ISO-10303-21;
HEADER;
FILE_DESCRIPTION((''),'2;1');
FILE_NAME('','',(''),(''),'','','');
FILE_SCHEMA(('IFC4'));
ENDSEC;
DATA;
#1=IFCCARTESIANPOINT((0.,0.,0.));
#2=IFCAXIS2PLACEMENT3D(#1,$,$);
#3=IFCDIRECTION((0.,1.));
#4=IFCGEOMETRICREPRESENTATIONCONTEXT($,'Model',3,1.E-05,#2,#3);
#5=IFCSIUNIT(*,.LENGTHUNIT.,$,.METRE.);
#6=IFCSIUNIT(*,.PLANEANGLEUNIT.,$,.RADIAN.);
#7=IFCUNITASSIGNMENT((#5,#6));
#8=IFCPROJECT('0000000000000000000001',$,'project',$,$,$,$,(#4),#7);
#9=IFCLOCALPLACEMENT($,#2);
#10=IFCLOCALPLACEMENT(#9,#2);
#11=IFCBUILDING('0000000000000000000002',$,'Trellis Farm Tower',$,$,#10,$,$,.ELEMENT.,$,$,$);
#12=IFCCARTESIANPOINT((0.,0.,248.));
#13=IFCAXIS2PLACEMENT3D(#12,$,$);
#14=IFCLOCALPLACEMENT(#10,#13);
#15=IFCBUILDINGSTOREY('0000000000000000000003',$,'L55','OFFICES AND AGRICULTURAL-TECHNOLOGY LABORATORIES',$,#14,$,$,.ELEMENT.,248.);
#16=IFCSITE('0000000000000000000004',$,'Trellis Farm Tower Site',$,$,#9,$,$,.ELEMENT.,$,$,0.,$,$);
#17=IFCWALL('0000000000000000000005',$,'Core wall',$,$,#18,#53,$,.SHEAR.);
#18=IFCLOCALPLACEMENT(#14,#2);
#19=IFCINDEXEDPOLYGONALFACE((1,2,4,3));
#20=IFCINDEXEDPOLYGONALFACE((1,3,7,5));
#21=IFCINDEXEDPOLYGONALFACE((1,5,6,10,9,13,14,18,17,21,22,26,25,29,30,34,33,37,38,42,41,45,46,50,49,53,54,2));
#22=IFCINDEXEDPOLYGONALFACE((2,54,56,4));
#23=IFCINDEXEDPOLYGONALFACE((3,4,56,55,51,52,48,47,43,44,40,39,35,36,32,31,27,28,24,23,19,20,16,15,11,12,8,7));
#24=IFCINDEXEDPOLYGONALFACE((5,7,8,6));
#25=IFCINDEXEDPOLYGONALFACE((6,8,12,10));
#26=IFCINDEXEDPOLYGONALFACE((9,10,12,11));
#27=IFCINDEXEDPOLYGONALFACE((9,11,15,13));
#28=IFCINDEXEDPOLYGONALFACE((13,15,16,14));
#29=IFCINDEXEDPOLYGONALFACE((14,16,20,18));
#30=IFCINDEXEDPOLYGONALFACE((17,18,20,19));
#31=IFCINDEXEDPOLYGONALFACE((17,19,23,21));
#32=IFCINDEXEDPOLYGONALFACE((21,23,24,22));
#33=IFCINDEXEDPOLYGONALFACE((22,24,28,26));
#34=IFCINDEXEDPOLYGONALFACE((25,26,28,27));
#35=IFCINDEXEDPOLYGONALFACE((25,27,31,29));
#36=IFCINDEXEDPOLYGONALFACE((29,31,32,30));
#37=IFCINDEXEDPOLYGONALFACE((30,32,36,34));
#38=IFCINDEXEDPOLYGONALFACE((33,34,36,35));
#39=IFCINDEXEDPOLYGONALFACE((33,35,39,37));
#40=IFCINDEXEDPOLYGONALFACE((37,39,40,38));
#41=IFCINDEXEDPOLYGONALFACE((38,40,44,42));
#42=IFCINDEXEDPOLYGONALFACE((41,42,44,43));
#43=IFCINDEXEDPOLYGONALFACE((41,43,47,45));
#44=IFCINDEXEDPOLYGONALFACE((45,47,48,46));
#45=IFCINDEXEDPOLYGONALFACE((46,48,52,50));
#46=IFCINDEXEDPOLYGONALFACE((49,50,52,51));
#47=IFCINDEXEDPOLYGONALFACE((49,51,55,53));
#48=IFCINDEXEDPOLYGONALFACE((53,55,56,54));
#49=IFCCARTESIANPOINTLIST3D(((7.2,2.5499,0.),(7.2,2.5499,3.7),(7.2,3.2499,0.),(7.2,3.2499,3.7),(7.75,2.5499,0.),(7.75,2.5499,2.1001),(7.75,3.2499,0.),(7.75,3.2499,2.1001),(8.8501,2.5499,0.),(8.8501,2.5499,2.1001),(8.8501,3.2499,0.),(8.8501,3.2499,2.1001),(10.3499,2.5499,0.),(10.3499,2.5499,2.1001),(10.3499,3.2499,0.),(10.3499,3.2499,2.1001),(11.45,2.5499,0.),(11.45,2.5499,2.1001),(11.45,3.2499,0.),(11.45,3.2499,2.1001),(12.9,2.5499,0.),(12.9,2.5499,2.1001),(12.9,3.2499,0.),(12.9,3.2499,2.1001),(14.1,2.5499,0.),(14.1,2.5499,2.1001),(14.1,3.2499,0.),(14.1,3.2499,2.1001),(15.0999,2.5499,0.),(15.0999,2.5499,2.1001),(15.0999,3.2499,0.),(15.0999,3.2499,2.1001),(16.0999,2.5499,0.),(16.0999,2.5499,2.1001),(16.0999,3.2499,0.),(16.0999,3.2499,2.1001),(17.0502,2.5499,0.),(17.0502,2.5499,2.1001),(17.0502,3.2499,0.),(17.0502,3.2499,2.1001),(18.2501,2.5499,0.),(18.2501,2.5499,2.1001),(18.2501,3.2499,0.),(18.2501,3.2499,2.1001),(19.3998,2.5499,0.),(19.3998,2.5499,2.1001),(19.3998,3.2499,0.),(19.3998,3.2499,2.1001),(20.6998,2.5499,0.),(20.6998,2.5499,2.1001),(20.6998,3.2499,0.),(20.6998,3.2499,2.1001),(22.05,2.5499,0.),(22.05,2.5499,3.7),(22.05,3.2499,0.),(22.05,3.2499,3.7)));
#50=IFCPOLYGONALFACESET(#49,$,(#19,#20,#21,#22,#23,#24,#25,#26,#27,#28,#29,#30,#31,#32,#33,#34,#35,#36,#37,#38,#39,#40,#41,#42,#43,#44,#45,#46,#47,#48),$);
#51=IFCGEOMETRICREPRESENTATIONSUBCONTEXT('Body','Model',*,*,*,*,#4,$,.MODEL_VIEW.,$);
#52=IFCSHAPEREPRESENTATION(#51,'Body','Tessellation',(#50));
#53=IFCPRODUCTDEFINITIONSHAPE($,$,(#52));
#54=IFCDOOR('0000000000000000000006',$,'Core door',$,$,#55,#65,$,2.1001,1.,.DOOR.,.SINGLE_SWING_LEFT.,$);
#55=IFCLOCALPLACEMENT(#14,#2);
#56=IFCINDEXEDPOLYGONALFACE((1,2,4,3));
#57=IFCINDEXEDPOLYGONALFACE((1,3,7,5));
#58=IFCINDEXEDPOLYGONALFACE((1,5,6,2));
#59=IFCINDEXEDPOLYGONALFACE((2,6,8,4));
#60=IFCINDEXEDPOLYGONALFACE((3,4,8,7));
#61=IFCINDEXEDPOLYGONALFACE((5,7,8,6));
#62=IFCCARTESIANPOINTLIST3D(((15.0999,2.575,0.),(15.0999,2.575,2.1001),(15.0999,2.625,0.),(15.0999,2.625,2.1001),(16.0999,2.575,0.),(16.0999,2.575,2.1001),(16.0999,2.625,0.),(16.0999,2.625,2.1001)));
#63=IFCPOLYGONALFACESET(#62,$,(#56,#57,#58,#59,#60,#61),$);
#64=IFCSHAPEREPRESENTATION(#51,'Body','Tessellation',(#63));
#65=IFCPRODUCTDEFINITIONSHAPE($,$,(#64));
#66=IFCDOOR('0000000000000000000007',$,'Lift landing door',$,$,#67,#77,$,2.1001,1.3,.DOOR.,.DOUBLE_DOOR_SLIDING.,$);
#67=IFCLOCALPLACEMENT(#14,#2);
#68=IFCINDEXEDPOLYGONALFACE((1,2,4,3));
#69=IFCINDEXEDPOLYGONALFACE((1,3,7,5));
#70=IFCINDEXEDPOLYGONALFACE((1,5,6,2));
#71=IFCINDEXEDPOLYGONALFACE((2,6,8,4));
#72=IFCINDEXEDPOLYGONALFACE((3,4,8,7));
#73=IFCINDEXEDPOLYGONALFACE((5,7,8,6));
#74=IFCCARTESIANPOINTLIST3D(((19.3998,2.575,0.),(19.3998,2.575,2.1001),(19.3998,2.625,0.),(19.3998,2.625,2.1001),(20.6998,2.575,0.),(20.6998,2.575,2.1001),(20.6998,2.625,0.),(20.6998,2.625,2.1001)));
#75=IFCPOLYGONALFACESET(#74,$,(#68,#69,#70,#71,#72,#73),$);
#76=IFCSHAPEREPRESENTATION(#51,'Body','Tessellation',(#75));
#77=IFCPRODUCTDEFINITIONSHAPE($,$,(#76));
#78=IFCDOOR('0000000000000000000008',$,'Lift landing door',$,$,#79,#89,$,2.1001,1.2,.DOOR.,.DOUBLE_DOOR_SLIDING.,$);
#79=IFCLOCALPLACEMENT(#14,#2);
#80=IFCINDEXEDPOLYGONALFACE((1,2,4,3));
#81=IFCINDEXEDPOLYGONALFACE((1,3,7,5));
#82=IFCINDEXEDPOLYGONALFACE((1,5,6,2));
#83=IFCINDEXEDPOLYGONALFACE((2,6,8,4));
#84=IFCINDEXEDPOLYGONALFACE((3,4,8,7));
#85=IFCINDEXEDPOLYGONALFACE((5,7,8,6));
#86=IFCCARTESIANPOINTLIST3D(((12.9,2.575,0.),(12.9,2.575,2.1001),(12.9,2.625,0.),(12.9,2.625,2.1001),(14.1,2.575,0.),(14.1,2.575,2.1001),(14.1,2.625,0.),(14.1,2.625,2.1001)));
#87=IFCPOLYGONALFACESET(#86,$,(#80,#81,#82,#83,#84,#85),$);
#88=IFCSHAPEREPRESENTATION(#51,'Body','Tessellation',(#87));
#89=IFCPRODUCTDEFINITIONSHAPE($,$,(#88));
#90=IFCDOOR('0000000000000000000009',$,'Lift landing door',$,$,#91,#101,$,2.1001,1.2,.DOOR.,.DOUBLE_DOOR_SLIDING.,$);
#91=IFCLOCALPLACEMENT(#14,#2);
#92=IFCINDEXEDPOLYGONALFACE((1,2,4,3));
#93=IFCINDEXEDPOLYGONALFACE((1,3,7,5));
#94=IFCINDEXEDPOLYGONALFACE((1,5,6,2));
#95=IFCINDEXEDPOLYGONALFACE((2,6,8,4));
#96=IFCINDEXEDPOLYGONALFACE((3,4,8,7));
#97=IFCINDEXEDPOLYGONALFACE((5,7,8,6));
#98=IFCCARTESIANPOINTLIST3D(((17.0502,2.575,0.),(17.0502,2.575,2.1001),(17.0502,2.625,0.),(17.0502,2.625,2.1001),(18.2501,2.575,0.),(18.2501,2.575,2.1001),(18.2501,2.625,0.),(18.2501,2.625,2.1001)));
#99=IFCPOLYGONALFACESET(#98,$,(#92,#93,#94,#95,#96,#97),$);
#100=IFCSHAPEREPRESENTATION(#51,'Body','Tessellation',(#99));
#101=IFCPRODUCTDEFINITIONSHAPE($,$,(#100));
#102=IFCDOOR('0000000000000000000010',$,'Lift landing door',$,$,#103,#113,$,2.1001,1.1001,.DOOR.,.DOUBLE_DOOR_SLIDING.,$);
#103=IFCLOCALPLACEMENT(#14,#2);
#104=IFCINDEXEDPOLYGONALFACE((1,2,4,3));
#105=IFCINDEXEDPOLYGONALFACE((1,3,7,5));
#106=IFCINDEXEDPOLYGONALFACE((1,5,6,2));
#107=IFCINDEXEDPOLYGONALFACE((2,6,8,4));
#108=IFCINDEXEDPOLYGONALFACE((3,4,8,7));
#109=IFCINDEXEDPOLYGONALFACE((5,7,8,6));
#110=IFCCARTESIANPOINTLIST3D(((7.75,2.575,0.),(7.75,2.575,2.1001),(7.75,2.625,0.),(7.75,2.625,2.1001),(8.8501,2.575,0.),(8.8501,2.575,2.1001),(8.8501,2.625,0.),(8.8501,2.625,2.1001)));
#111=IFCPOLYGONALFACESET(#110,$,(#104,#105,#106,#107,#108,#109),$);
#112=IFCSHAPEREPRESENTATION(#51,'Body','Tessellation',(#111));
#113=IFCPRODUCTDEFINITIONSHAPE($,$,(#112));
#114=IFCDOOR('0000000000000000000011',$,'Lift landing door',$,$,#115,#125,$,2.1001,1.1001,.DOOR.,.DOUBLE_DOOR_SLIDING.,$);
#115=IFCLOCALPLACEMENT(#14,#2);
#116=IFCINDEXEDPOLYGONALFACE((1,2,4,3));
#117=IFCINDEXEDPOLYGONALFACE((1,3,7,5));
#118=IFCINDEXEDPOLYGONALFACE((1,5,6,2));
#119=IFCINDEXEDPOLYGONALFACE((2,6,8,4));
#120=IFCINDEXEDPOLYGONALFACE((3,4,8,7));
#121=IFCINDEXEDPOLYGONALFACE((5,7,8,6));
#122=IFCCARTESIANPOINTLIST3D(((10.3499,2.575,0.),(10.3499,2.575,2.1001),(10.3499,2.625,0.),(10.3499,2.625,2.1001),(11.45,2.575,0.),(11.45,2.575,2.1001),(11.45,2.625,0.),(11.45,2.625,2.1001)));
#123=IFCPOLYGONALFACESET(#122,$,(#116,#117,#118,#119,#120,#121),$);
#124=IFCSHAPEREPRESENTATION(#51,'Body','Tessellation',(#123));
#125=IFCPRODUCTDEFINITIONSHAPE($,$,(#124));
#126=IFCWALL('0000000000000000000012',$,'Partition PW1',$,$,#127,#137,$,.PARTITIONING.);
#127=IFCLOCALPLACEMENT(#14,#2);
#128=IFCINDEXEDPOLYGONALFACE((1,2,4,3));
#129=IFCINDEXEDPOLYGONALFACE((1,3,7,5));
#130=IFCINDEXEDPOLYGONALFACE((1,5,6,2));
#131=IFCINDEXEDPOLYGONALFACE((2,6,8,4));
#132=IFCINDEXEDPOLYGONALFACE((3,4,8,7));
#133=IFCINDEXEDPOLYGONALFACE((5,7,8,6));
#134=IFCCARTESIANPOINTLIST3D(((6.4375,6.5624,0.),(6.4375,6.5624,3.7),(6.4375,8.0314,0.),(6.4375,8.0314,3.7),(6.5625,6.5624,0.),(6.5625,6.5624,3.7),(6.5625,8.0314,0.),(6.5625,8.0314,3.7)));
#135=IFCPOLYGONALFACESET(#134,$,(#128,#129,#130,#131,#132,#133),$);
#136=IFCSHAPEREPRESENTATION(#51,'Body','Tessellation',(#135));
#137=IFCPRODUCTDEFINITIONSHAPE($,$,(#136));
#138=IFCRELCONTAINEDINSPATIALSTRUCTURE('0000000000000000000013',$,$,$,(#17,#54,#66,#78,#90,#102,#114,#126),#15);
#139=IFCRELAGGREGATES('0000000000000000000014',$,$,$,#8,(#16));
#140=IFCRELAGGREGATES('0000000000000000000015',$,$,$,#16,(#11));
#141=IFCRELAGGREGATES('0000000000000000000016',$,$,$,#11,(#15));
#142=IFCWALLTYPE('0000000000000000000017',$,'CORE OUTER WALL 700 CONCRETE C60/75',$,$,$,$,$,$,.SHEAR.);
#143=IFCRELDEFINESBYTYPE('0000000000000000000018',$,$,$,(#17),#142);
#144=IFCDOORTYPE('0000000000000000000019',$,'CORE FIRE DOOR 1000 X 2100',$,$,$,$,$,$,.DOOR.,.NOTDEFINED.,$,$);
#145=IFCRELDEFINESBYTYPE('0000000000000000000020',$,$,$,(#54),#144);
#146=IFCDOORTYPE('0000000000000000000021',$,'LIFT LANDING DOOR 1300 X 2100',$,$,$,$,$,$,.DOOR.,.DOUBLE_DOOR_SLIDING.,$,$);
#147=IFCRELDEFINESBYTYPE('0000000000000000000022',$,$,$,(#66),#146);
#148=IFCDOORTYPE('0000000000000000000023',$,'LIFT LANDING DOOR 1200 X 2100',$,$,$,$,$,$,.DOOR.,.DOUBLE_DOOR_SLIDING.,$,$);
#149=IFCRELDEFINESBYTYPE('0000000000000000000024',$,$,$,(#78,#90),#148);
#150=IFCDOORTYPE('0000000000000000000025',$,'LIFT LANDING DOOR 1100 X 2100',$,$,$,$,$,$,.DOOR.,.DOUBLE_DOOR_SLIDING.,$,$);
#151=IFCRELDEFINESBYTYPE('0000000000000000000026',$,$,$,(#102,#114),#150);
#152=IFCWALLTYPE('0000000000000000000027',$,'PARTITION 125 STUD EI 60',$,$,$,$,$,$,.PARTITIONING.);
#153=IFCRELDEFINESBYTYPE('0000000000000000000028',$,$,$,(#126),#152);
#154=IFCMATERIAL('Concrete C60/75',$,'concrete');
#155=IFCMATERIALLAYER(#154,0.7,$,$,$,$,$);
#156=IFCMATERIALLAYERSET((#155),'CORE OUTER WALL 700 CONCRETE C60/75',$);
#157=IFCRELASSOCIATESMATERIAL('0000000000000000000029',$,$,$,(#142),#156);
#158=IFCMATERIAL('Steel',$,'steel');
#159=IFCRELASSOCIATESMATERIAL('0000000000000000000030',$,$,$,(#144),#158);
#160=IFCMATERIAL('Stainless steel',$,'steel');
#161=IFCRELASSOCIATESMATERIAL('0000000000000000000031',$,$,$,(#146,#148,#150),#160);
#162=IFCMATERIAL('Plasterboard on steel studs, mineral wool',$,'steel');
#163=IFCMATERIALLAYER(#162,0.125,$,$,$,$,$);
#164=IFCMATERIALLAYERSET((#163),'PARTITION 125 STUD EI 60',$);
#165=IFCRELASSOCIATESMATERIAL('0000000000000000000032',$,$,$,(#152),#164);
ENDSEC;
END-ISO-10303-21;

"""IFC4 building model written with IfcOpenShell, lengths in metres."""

from ifc_helpers import new_model, si_unit, direction, frame, frame_2d, origin, place, context, subcontext, project, spatial, rectangle, extrude, source, transform, mapped, material, layer, layer_set, type_object, element, fill, save


model = new_model("IFC4")

# Units and contexts
model_context = context("Model", 3, precision=1e-05, world=origin(), true_north=direction((0.0, 1.0)))
body_context = subcontext(model_context, "Body", "Model", "MODEL_VIEW")
ifc_project = project(units=[si_unit("LENGTHUNIT", "METRE"), si_unit("PLANEANGLEUNIT", "RADIAN")], contexts=[model_context])

# Site, building, storey
site_placement = place(None, origin())
site = spatial("IfcSite", under=ifc_project, at=site_placement, Name="Trellis Farm Tower Site", CompositionType="ELEMENT", RefElevation=0.0)
building_placement = place(site_placement, origin())
building = spatial("IfcBuilding", under=site, at=building_placement, Name="Trellis Farm Tower", CompositionType="ELEMENT")
storey_placement = place(building_placement, frame((0.0, 0.0, 248.0)))
storey = spatial("IfcBuildingStorey", under=building, at=storey_placement, Name="L55", Description="OFFICES AND AGRICULTURAL-TECHNOLOGY LABORATORIES", CompositionType="ELEMENT", Elevation=248.0)

# Shared definitions
ifc_material_1 = material(Name="Concrete C60/75", Category="concrete")

# Wall, openings, doors
ifc_layer_1 = layer(ifc_material_1, 0.7)
ifc_layer_set_1 = layer_set([ifc_layer_1], Name="CORE OUTER WALL 700 CONCRETE C60/75")
wall_type_1 = type_object("IfcWallType", Name="CORE OUTER WALL 700 CONCRETE C60/75", PredefinedType="SHEAR", material=ifc_layer_set_1)
shared_shape_1 = source(origin(), body_context, "Body", "SweptSolid", [
    extrude(rectangle(XDim=14.8501, YDim=0.7, at=frame_2d((7.425, 0.0))), origin(), (0.0, 0.0, 1.0), 3.7),
])
wall_1_placement = place(storey_placement, frame((7.2, 2.8999, 0.0), z_axis=(0.0, 0.0, 1.0), x_axis=(1.0, 0.0, 0.0)))
wall_1 = element("IfcWall", 1, at=wall_1_placement, inside=storey, type_object=wall_type_1, Name="Core wall", PredefinedType="SHEAR", context=body_context, shape_type="MappedRepresentation", body=[
    mapped(shared_shape_1, transform((0.0, 0.0, 0.0))),
])
shared_shape_2 = source(origin(), body_context, "Body", "SweptSolid", [
    extrude(rectangle(XDim=1.1001, YDim=2.1001, at=frame_2d((0.55, 1.05))), frame((0.0, 0.3601, 0.0), z_axis=(0.0, -1.0, 0.0), x_axis=(1.0, 0.0, 0.0)), (0.0, 0.0, 1.0), 0.7202),
])
opening_1_placement = place(wall_1_placement, frame((0.55, 0.0, 0.0)))
opening_1 = element("IfcOpeningElement", 2, at=opening_1_placement, cuts=wall_1, PredefinedType="OPENING", context=body_context, shape_type="MappedRepresentation", body=[
    mapped(shared_shape_2, transform((0.0, 0.0, 0.0))),
])
opening_2_placement = place(wall_1_placement, frame((3.1499, 0.0, 0.0)))
opening_2 = element("IfcOpeningElement", 3, at=opening_2_placement, cuts=wall_1, PredefinedType="OPENING", context=body_context, shape_type="MappedRepresentation", body=[
    mapped(shared_shape_2, transform((0.0, 0.0, 0.0))),
])
shared_shape_3 = source(origin(), body_context, "Body", "SweptSolid", [
    extrude(rectangle(XDim=1.2, YDim=2.1001, at=frame_2d((0.6001, 1.05))), frame((0.0, 0.3601, 0.0), z_axis=(0.0, -1.0, 0.0), x_axis=(1.0, 0.0, 0.0)), (0.0, 0.0, 1.0), 0.7202),
])
opening_3_placement = place(wall_1_placement, frame((5.7, 0.0, 0.0)))
opening_3 = element("IfcOpeningElement", 4, at=opening_3_placement, cuts=wall_1, PredefinedType="OPENING", context=body_context, shape_type="MappedRepresentation", body=[
    mapped(shared_shape_3, transform((0.0, 0.0, 0.0))),
])
shared_shape_4 = source(origin(), body_context, "Body", "SweptSolid", [
    extrude(rectangle(XDim=1.3, YDim=2.1001, at=frame_2d((0.6499, 1.05))), frame((0.0, 0.3601, 0.0), z_axis=(0.0, -1.0, 0.0), x_axis=(1.0, 0.0, 0.0)), (0.0, 0.0, 1.0), 0.7202),
])
opening_4_placement = place(wall_1_placement, frame((12.2, 0.0, 0.0)))
opening_4 = element("IfcOpeningElement", 5, at=opening_4_placement, cuts=wall_1, PredefinedType="OPENING", context=body_context, shape_type="MappedRepresentation", body=[
    mapped(shared_shape_4, transform((0.0, 0.0, 0.0))),
])
opening_5_placement = place(wall_1_placement, frame((9.8501, 0.0, 0.0)))
opening_5 = element("IfcOpeningElement", 6, at=opening_5_placement, cuts=wall_1, PredefinedType="OPENING", context=body_context, shape_type="MappedRepresentation", body=[
    mapped(shared_shape_3, transform((0.0, 0.0, 0.0))),
])
shared_shape_5 = source(origin(), body_context, "Body", "SweptSolid", [
    extrude(rectangle(XDim=1.0, YDim=2.1001, at=frame_2d((0.5, 1.05))), frame((0.0, 0.3601, 0.0), z_axis=(0.0, -1.0, 0.0), x_axis=(1.0, 0.0, 0.0)), (0.0, 0.0, 1.0), 0.7202),
])
opening_6_placement = place(wall_1_placement, frame((7.8999, 0.0, 0.0)))
opening_6 = element("IfcOpeningElement", 7, at=opening_6_placement, cuts=wall_1, PredefinedType="OPENING", context=body_context, shape_type="MappedRepresentation", body=[
    mapped(shared_shape_5, transform((0.0, 0.0, 0.0))),
])
ifc_material_2 = material(Name="Steel", Category="steel")
door_type_1 = type_object("IfcDoorType", Name="CORE FIRE DOOR 1000 X 2100", OperationType="NOTDEFINED", PredefinedType="DOOR", material=ifc_material_2)
shared_shape_6 = source(origin(), body_context, "Body", "SweptSolid", [
    extrude(rectangle(XDim=1.0, YDim=2.1001, at=frame_2d((0.5, 1.05))), frame((0.0, -0.2749, 0.0), z_axis=(0.0, -1.0, 0.0), x_axis=(1.0, 0.0, 0.0)), (0.0, 0.0, 1.0), 0.05),
])
door_1_placement = place(opening_6_placement, origin())
door_1 = element("IfcDoor", 8, at=door_1_placement, inside=storey, type_object=door_type_1, Name="Core door", OperationType="SINGLE_SWING_LEFT", OverallHeight=2.1001, OverallWidth=1.0, PredefinedType="DOOR", context=body_context, shape_type="MappedRepresentation", body=[
    mapped(shared_shape_6, transform((0.0, 0.0, 0.0))),
])
fill(opening_6, door_1)
ifc_material_3 = material(Name="Stainless steel", Category="steel")
door_type_2 = type_object("IfcDoorType", Name="LIFT LANDING DOOR 1300 X 2100", OperationType="DOUBLE_DOOR_SLIDING", PredefinedType="DOOR", material=ifc_material_3)
shared_shape_7 = source(origin(), body_context, "Body", "SweptSolid", [
    extrude(rectangle(XDim=1.3, YDim=2.1001, at=frame_2d((0.6499, 1.05))), frame((0.0, -0.2749, 0.0), z_axis=(0.0, -1.0, 0.0), x_axis=(1.0, 0.0, 0.0)), (0.0, 0.0, 1.0), 0.05),
])
door_2_placement = place(opening_4_placement, origin())
door_2 = element("IfcDoor", 9, at=door_2_placement, inside=storey, type_object=door_type_2, Name="Lift landing door", OperationType="DOUBLE_DOOR_SLIDING", OverallHeight=2.1001, OverallWidth=1.3, PredefinedType="DOOR", context=body_context, shape_type="MappedRepresentation", body=[
    mapped(shared_shape_7, transform((0.0, 0.0, 0.0))),
])
fill(opening_4, door_2)
door_type_3 = type_object("IfcDoorType", Name="LIFT LANDING DOOR 1200 X 2100", OperationType="DOUBLE_DOOR_SLIDING", PredefinedType="DOOR", material=ifc_material_3)
shared_shape_8 = source(origin(), body_context, "Body", "SweptSolid", [
    extrude(rectangle(XDim=1.2, YDim=2.1001, at=frame_2d((0.6001, 1.05))), frame((0.0, -0.2749, 0.0), z_axis=(0.0, -1.0, 0.0), x_axis=(1.0, 0.0, 0.0)), (0.0, 0.0, 1.0), 0.05),
])
door_3_placement = place(opening_3_placement, origin())
door_3 = element("IfcDoor", 10, at=door_3_placement, inside=storey, type_object=door_type_3, Name="Lift landing door", OperationType="DOUBLE_DOOR_SLIDING", OverallHeight=2.1001, OverallWidth=1.2, PredefinedType="DOOR", context=body_context, shape_type="MappedRepresentation", body=[
    mapped(shared_shape_8, transform((0.0, 0.0, 0.0))),
])
fill(opening_3, door_3)
door_4_placement = place(opening_5_placement, origin())
door_4 = element("IfcDoor", 11, at=door_4_placement, inside=storey, type_object=door_type_3, Name="Lift landing door", OperationType="DOUBLE_DOOR_SLIDING", OverallHeight=2.1001, OverallWidth=1.2, PredefinedType="DOOR", context=body_context, shape_type="MappedRepresentation", body=[
    mapped(shared_shape_8, transform((0.0, 0.0, 0.0))),
])
fill(opening_5, door_4)
door_type_4 = type_object("IfcDoorType", Name="LIFT LANDING DOOR 1100 X 2100", OperationType="DOUBLE_DOOR_SLIDING", PredefinedType="DOOR", material=ifc_material_3)
shared_shape_9 = source(origin(), body_context, "Body", "SweptSolid", [
    extrude(rectangle(XDim=1.1001, YDim=2.1001, at=frame_2d((0.55, 1.05))), frame((0.0, -0.2749, 0.0), z_axis=(0.0, -1.0, 0.0), x_axis=(1.0, 0.0, 0.0)), (0.0, 0.0, 1.0), 0.05),
])
door_5_placement = place(opening_1_placement, origin())
door_5 = element("IfcDoor", 12, at=door_5_placement, inside=storey, type_object=door_type_4, Name="Lift landing door", OperationType="DOUBLE_DOOR_SLIDING", OverallHeight=2.1001, OverallWidth=1.1001, PredefinedType="DOOR", context=body_context, shape_type="MappedRepresentation", body=[
    mapped(shared_shape_9, transform((0.0, 0.0, 0.0))),
])
fill(opening_1, door_5)
door_6_placement = place(opening_2_placement, origin())
door_6 = element("IfcDoor", 13, at=door_6_placement, inside=storey, type_object=door_type_4, Name="Lift landing door", OperationType="DOUBLE_DOOR_SLIDING", OverallHeight=2.1001, OverallWidth=1.1001, PredefinedType="DOOR", context=body_context, shape_type="MappedRepresentation", body=[
    mapped(shared_shape_9, transform((0.0, 0.0, 0.0))),
])
fill(opening_2, door_6)

# Wall
ifc_material_4 = material(Name="Plasterboard on steel studs, mineral wool", Category="steel")
ifc_layer_2 = layer(ifc_material_4, 0.125)
ifc_layer_set_2 = layer_set([ifc_layer_2], Name="PARTITION 125 STUD EI 60")
wall_type_2 = type_object("IfcWallType", Name="PARTITION 125 STUD EI 60", PredefinedType="PARTITIONING", material=ifc_layer_set_2)
shared_shape_10 = source(origin(), body_context, "Body", "SweptSolid", [
    extrude(rectangle(XDim=1.469, YDim=0.125, at=frame_2d((0.7344, 0.0))), origin(), (0.0, 0.0, 1.0), 3.7),
])
wall_2_placement = place(storey_placement, frame((6.5, 6.5625, 0.0), z_axis=(0.0, 0.0, 1.0), x_axis=(0.0, 1.0, 0.0)))
element("IfcWall", 14, at=wall_2_placement, inside=storey, type_object=wall_type_2, Name="Partition PW1", PredefinedType="PARTITIONING", context=body_context, shape_type="MappedRepresentation", body=[
    mapped(shared_shape_10, transform((0.0, 0.0, 0.0))),
])

save(model, "model.ifc")
